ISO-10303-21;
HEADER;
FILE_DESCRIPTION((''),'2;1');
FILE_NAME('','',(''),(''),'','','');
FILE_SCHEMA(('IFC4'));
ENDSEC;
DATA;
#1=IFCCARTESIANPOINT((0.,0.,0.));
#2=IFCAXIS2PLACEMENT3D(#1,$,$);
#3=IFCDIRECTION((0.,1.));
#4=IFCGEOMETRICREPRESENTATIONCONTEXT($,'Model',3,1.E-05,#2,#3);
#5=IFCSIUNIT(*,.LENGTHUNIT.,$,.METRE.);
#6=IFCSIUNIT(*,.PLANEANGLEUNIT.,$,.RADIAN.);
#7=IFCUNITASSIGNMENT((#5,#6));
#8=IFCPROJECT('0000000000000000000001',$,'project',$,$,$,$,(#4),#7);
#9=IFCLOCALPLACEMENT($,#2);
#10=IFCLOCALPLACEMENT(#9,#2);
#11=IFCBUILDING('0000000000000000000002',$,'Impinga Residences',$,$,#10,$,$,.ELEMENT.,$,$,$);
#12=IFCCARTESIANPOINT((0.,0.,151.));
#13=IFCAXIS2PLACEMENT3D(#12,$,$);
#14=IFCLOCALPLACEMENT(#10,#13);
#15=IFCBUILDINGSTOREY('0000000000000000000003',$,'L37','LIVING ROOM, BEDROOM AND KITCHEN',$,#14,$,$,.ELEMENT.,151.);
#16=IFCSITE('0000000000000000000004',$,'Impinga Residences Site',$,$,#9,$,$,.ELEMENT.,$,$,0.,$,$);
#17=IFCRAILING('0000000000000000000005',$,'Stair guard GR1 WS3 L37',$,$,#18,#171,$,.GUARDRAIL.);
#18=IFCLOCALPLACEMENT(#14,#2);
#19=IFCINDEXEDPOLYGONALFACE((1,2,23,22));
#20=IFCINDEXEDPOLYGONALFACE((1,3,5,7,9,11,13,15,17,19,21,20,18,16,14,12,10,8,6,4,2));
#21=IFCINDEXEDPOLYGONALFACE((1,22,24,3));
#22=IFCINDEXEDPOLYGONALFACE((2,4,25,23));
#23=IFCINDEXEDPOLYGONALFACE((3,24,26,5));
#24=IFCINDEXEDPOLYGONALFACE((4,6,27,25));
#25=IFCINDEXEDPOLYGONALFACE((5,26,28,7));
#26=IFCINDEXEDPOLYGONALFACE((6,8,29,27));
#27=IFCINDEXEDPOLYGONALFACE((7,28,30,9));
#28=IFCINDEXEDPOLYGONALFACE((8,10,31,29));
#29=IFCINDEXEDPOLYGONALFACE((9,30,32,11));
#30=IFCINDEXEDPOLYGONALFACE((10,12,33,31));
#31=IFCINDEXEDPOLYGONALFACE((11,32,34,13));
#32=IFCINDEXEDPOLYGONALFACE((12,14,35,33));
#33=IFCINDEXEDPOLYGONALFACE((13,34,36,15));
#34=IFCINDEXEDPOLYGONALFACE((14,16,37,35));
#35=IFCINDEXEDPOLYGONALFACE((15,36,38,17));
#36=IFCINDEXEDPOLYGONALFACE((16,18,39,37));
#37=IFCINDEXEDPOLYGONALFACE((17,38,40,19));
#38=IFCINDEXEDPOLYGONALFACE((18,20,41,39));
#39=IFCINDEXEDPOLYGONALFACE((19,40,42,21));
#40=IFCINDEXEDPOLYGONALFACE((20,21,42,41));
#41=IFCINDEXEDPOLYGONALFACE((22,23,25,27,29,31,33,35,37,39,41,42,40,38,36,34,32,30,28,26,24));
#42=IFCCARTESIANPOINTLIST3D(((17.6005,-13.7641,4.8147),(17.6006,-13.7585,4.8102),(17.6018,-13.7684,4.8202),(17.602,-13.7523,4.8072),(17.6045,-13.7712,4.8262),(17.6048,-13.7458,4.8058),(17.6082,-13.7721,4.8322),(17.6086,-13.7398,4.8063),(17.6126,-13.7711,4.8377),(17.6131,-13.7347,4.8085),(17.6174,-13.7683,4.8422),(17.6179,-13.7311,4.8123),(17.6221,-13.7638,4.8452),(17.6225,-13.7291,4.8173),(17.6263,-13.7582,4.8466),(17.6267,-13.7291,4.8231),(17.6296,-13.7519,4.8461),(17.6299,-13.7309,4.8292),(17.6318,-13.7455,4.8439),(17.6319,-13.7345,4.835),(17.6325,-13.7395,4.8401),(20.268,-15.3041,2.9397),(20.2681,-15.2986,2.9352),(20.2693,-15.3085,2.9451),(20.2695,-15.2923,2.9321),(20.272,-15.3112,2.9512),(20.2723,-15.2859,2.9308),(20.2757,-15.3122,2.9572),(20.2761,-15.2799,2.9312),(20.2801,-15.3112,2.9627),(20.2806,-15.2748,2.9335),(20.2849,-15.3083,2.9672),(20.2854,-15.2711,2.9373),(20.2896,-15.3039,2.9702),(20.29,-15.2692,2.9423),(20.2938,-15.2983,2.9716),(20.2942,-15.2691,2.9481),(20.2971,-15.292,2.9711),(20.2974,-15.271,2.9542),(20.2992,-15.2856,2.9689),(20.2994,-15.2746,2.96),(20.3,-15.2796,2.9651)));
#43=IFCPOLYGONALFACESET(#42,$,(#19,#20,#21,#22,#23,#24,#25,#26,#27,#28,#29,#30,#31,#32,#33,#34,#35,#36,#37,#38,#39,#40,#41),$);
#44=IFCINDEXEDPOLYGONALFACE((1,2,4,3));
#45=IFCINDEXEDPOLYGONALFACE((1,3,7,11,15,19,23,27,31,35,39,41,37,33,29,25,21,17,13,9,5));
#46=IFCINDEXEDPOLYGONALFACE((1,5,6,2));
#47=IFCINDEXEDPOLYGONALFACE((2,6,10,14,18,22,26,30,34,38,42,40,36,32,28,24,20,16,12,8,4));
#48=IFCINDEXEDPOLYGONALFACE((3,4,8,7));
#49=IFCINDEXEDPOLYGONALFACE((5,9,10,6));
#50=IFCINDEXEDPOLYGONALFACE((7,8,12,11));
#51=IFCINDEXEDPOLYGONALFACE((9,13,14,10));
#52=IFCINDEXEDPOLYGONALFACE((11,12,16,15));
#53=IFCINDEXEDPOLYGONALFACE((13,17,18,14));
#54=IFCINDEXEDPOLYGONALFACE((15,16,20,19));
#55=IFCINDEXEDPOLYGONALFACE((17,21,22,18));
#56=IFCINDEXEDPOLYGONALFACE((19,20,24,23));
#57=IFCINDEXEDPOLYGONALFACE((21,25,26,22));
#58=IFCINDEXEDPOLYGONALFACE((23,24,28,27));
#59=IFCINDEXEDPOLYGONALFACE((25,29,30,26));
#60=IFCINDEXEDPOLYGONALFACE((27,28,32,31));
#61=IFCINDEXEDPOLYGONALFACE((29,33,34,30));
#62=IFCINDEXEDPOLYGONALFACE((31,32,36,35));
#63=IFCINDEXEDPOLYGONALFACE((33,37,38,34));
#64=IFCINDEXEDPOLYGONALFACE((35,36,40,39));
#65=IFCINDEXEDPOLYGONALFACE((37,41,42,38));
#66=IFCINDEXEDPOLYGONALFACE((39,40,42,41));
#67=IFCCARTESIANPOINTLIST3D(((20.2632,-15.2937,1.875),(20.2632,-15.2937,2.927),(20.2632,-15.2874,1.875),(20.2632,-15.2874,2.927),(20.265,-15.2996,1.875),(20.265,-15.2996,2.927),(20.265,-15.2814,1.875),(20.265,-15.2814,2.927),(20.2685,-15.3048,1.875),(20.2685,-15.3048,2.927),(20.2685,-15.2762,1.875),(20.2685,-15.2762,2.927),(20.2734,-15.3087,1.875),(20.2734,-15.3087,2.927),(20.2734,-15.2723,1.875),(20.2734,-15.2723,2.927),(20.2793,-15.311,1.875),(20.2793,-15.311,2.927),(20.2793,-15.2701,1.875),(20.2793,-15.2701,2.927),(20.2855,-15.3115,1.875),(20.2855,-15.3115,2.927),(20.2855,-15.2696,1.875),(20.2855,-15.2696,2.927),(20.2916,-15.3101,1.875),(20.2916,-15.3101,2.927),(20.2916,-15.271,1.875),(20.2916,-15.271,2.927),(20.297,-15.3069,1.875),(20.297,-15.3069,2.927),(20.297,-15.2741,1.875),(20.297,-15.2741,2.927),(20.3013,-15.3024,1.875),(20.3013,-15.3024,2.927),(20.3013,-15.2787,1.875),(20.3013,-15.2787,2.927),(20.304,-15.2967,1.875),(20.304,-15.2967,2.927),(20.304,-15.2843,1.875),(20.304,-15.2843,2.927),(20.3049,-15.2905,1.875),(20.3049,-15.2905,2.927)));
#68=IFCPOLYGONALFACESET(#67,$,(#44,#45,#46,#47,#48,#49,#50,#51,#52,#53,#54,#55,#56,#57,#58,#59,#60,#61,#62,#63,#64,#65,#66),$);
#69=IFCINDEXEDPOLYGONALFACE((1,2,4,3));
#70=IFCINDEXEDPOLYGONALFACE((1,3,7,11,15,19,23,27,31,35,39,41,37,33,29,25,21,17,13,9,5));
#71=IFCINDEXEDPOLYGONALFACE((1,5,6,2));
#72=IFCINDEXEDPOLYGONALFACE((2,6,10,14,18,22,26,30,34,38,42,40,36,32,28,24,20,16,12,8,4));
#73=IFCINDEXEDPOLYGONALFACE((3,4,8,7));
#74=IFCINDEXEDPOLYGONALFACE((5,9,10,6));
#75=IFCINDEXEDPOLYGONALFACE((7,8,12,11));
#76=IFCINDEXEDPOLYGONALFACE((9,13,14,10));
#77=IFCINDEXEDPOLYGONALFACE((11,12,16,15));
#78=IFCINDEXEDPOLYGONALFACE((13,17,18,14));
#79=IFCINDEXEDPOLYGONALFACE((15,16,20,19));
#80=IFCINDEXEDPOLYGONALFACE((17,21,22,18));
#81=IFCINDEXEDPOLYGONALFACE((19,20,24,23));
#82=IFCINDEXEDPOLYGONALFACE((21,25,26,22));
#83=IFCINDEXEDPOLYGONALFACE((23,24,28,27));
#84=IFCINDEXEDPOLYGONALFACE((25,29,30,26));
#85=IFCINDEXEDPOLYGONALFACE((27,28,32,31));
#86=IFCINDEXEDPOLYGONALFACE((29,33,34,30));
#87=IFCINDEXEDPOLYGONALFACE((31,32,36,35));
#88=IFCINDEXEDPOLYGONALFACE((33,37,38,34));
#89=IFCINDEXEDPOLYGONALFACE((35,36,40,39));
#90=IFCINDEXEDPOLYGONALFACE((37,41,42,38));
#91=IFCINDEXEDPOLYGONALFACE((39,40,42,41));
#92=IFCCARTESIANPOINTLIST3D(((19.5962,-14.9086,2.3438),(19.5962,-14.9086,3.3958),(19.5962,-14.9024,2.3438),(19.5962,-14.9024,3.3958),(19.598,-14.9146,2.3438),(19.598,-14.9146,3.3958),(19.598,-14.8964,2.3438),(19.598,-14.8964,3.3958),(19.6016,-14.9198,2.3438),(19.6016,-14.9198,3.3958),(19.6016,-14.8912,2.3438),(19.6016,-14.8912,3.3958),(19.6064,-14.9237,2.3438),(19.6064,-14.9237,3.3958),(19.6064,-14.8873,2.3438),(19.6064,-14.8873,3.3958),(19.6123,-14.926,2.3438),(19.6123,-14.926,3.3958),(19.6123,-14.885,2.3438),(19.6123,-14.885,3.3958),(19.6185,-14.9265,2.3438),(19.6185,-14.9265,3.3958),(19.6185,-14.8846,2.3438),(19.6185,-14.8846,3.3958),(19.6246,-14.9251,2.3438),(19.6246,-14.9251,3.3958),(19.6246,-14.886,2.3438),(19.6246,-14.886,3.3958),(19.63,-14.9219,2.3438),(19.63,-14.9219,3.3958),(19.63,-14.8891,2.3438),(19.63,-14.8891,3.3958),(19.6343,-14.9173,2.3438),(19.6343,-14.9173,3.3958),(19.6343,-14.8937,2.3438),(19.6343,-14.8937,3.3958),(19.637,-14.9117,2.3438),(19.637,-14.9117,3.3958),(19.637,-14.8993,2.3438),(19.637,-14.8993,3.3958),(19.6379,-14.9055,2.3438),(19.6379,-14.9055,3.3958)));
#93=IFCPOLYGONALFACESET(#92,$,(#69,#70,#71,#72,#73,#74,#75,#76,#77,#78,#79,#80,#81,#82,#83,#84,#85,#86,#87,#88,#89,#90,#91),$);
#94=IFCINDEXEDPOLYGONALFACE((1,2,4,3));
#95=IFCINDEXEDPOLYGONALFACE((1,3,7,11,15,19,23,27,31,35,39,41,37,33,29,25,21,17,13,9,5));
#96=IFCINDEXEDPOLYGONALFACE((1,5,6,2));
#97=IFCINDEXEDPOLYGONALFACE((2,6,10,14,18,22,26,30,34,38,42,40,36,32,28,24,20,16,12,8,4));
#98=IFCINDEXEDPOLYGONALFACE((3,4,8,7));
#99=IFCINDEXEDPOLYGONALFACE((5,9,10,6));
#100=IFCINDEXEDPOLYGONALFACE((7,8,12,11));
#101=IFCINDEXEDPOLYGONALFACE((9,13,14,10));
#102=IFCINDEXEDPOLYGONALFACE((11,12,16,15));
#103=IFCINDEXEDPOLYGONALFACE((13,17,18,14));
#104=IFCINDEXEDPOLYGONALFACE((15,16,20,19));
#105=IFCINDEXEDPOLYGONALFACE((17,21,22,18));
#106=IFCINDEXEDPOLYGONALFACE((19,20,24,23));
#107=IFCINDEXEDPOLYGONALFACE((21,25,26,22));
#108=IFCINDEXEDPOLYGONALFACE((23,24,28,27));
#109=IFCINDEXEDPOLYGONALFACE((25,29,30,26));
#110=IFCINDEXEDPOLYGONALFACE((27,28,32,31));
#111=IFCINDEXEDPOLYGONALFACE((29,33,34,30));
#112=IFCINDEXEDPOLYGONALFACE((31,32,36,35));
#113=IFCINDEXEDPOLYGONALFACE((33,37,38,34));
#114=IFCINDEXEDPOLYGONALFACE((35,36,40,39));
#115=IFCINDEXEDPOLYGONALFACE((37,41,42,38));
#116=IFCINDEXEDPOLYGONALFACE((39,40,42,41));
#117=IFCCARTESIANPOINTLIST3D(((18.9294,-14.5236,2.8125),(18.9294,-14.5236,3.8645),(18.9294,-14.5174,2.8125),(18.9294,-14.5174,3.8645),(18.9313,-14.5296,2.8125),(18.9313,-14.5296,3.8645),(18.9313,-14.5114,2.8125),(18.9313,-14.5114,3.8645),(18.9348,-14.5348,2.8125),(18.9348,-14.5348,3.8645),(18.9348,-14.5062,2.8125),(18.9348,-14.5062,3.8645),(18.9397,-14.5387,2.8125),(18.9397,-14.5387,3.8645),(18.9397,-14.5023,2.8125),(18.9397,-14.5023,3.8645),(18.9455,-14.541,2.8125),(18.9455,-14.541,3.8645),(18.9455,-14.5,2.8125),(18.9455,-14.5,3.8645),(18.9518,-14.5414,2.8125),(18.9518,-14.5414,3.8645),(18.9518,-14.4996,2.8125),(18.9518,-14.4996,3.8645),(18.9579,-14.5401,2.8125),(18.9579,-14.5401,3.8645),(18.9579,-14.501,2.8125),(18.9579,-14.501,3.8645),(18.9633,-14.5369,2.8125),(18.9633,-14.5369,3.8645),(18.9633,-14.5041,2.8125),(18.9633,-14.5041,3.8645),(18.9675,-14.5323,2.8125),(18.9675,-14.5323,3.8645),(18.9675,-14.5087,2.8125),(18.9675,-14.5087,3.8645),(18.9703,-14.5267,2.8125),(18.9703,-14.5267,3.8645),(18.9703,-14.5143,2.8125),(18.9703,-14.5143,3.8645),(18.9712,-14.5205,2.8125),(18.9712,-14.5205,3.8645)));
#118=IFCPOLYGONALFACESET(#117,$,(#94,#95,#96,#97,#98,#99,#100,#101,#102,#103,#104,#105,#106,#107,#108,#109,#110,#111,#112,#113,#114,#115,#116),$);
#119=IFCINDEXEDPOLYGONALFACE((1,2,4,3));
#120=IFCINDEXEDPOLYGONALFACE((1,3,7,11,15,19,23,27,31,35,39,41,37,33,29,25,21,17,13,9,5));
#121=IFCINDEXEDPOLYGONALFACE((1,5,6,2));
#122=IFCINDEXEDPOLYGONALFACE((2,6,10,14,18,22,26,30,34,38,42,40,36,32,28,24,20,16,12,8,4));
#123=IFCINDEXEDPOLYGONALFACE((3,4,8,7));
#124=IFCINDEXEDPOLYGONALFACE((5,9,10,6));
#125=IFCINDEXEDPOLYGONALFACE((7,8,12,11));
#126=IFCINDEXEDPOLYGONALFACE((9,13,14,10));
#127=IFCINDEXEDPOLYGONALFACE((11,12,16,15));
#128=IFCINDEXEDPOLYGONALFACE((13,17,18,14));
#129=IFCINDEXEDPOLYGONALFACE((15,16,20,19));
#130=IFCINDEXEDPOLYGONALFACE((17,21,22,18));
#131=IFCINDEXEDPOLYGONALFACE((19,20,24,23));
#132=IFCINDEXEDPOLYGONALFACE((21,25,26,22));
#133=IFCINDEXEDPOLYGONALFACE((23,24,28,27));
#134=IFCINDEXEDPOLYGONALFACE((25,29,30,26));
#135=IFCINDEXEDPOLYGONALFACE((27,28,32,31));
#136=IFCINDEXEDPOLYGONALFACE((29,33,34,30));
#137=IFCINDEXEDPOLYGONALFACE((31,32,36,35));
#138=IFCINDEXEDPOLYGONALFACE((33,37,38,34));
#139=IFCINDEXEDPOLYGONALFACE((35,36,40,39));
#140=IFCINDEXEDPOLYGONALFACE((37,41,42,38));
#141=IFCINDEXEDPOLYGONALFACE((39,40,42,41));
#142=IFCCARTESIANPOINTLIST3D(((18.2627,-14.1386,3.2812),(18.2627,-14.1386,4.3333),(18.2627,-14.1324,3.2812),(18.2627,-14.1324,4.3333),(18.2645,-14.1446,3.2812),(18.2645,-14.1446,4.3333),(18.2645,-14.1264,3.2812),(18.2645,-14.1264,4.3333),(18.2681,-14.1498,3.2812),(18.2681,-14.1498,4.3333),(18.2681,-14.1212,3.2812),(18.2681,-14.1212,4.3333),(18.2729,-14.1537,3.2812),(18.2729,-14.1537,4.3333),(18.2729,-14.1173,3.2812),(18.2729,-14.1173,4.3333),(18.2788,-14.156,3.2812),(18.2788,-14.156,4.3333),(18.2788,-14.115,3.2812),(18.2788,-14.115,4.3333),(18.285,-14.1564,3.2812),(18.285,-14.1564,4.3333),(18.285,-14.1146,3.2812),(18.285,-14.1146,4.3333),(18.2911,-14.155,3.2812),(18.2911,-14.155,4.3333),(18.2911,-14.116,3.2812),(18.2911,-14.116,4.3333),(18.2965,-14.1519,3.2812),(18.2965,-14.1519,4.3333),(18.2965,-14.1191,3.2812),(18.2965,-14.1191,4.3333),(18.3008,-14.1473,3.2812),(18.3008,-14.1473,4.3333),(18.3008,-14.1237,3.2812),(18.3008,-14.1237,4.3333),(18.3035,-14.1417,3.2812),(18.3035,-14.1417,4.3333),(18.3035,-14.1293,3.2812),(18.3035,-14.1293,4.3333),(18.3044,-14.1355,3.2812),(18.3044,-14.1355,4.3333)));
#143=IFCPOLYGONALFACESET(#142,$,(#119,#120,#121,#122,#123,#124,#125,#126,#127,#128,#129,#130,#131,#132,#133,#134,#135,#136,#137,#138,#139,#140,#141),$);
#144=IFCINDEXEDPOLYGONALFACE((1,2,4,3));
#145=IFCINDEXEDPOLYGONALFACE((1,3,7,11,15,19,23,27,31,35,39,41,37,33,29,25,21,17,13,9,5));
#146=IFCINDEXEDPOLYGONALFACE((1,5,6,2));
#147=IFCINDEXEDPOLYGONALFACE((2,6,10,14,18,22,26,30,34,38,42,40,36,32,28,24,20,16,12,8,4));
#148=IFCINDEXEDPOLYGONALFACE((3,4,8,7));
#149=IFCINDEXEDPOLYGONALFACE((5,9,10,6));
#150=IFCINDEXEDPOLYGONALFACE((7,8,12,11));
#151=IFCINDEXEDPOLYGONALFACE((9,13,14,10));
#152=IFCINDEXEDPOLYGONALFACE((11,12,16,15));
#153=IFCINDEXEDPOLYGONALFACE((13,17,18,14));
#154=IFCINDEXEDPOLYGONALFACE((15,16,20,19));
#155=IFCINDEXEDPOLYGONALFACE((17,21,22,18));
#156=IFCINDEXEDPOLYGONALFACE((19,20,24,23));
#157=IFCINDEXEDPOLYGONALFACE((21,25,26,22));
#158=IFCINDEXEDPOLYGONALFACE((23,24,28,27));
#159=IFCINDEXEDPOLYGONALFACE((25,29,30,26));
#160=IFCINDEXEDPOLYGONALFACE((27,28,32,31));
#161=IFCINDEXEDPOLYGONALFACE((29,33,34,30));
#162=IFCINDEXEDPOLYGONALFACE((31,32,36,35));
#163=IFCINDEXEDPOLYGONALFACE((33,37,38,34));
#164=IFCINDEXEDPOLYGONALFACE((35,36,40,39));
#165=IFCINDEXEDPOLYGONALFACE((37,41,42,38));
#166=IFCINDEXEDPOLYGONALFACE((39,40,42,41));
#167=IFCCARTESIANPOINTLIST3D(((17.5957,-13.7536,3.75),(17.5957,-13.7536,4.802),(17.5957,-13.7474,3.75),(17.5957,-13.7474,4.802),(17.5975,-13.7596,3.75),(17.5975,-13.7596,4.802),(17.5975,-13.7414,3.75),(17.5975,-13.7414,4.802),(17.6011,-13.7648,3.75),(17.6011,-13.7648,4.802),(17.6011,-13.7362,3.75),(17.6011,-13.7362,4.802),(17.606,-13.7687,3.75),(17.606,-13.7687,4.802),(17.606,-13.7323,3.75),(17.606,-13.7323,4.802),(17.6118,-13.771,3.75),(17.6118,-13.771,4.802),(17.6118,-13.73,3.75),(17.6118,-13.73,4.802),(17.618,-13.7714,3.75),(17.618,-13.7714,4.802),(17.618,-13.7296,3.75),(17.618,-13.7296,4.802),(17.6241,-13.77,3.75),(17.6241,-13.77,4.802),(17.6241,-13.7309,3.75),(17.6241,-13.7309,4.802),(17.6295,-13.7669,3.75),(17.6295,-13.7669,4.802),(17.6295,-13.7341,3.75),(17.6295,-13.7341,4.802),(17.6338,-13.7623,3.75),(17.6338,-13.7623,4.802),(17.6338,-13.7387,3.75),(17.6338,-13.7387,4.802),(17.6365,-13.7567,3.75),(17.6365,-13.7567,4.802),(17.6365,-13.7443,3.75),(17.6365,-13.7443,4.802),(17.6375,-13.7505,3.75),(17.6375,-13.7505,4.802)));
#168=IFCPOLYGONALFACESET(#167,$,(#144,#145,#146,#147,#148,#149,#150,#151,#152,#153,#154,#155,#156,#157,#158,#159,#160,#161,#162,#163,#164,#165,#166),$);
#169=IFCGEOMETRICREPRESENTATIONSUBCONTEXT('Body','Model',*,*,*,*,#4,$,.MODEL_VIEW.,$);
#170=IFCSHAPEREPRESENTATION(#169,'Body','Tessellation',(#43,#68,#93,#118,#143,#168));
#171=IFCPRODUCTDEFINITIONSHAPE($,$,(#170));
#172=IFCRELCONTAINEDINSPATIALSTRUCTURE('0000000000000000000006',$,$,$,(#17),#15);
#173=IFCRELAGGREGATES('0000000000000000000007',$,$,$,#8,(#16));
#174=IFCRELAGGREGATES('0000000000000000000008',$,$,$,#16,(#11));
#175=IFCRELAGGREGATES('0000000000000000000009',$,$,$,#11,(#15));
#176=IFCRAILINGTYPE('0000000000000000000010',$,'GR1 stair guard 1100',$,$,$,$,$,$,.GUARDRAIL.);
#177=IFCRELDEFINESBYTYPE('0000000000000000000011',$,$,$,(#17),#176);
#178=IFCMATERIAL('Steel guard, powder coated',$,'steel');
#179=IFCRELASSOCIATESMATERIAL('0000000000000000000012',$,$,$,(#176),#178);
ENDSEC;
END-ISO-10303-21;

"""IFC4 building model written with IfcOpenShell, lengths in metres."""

from ifc_helpers import new_model, si_unit, direction, frame, origin, origin_2d, place, context, subcontext, project, spatial, circle, extrude, material, type_object, element, save


model = new_model("IFC4")

# Units and contexts
model_context = context("Model", 3, precision=1e-05, world=origin(), true_north=direction((0.0, 1.0)))
body_context = subcontext(model_context, "Body", "Model", "MODEL_VIEW")
ifc_project = project(units=[si_unit("LENGTHUNIT", "METRE"), si_unit("PLANEANGLEUNIT", "RADIAN")], contexts=[model_context])

# Site, building, storey
site_placement = place(None, origin())
site = spatial("IfcSite", under=ifc_project, at=site_placement, Name="Impinga Residences Site", CompositionType="ELEMENT", RefElevation=0.0)
building_placement = place(site_placement, origin())
building = spatial("IfcBuilding", under=site, at=building_placement, Name="Impinga Residences", CompositionType="ELEMENT")
storey_placement = place(building_placement, frame((0.0, 0.0, 151.0)))
storey = spatial("IfcBuildingStorey", under=building, at=storey_placement, Name="L37", Description="LIVING ROOM, BEDROOM AND KITCHEN", CompositionType="ELEMENT", Elevation=151.0)

# Railing
ifc_material_1 = material(Name="Steel guard, powder coated", Category="steel")
railing_type_1 = type_object("IfcRailingType", Name="GR1 stair guard 1100", PredefinedType="GUARDRAIL", material=ifc_material_1)
railing_1_placement = place(storey_placement, frame((20.2839, -15.2905, 1.875)))
element("IfcRailing", 1, at=railing_1_placement, inside=storey, type_object=railing_type_1, Name="Stair guard GR1 WS3 L37", PredefinedType="GUARDRAIL", context=body_context, shape_type="SweptSolid", body=[
    extrude(circle(Radius=0.0239, at=origin_2d()), frame((0.0, 0.0, 1.0762), z_axis=(-0.739746, 0.427084, 0.519975), x_axis=(-0.499992, -0.86603, 0.0)), (0.0, 0.0, 1.0), 3.606),
    extrude(circle(Radius=0.021, at=origin_2d()), origin(), (0.0, 0.0, 1.0), 1.052),
    extrude(circle(Radius=0.021, at=origin_2d()), frame((-0.667, 0.385, 0.4688)), (0.0, 0.0, 1.0), 1.052),
    extrude(circle(Radius=0.021, at=origin_2d()), frame((-1.3337, 0.77, 0.9375)), (0.0, 0.0, 1.0), 1.052),
    extrude(circle(Radius=0.021, at=origin_2d()), frame((-2.0005, 1.155, 1.4062)), (0.0, 0.0, 1.0), 1.052),
    extrude(circle(Radius=0.021, at=origin_2d()), frame((-2.6675, 1.54, 1.875)), (0.0, 0.0, 1.0), 1.052),
])

save(model, "model.ifc")
